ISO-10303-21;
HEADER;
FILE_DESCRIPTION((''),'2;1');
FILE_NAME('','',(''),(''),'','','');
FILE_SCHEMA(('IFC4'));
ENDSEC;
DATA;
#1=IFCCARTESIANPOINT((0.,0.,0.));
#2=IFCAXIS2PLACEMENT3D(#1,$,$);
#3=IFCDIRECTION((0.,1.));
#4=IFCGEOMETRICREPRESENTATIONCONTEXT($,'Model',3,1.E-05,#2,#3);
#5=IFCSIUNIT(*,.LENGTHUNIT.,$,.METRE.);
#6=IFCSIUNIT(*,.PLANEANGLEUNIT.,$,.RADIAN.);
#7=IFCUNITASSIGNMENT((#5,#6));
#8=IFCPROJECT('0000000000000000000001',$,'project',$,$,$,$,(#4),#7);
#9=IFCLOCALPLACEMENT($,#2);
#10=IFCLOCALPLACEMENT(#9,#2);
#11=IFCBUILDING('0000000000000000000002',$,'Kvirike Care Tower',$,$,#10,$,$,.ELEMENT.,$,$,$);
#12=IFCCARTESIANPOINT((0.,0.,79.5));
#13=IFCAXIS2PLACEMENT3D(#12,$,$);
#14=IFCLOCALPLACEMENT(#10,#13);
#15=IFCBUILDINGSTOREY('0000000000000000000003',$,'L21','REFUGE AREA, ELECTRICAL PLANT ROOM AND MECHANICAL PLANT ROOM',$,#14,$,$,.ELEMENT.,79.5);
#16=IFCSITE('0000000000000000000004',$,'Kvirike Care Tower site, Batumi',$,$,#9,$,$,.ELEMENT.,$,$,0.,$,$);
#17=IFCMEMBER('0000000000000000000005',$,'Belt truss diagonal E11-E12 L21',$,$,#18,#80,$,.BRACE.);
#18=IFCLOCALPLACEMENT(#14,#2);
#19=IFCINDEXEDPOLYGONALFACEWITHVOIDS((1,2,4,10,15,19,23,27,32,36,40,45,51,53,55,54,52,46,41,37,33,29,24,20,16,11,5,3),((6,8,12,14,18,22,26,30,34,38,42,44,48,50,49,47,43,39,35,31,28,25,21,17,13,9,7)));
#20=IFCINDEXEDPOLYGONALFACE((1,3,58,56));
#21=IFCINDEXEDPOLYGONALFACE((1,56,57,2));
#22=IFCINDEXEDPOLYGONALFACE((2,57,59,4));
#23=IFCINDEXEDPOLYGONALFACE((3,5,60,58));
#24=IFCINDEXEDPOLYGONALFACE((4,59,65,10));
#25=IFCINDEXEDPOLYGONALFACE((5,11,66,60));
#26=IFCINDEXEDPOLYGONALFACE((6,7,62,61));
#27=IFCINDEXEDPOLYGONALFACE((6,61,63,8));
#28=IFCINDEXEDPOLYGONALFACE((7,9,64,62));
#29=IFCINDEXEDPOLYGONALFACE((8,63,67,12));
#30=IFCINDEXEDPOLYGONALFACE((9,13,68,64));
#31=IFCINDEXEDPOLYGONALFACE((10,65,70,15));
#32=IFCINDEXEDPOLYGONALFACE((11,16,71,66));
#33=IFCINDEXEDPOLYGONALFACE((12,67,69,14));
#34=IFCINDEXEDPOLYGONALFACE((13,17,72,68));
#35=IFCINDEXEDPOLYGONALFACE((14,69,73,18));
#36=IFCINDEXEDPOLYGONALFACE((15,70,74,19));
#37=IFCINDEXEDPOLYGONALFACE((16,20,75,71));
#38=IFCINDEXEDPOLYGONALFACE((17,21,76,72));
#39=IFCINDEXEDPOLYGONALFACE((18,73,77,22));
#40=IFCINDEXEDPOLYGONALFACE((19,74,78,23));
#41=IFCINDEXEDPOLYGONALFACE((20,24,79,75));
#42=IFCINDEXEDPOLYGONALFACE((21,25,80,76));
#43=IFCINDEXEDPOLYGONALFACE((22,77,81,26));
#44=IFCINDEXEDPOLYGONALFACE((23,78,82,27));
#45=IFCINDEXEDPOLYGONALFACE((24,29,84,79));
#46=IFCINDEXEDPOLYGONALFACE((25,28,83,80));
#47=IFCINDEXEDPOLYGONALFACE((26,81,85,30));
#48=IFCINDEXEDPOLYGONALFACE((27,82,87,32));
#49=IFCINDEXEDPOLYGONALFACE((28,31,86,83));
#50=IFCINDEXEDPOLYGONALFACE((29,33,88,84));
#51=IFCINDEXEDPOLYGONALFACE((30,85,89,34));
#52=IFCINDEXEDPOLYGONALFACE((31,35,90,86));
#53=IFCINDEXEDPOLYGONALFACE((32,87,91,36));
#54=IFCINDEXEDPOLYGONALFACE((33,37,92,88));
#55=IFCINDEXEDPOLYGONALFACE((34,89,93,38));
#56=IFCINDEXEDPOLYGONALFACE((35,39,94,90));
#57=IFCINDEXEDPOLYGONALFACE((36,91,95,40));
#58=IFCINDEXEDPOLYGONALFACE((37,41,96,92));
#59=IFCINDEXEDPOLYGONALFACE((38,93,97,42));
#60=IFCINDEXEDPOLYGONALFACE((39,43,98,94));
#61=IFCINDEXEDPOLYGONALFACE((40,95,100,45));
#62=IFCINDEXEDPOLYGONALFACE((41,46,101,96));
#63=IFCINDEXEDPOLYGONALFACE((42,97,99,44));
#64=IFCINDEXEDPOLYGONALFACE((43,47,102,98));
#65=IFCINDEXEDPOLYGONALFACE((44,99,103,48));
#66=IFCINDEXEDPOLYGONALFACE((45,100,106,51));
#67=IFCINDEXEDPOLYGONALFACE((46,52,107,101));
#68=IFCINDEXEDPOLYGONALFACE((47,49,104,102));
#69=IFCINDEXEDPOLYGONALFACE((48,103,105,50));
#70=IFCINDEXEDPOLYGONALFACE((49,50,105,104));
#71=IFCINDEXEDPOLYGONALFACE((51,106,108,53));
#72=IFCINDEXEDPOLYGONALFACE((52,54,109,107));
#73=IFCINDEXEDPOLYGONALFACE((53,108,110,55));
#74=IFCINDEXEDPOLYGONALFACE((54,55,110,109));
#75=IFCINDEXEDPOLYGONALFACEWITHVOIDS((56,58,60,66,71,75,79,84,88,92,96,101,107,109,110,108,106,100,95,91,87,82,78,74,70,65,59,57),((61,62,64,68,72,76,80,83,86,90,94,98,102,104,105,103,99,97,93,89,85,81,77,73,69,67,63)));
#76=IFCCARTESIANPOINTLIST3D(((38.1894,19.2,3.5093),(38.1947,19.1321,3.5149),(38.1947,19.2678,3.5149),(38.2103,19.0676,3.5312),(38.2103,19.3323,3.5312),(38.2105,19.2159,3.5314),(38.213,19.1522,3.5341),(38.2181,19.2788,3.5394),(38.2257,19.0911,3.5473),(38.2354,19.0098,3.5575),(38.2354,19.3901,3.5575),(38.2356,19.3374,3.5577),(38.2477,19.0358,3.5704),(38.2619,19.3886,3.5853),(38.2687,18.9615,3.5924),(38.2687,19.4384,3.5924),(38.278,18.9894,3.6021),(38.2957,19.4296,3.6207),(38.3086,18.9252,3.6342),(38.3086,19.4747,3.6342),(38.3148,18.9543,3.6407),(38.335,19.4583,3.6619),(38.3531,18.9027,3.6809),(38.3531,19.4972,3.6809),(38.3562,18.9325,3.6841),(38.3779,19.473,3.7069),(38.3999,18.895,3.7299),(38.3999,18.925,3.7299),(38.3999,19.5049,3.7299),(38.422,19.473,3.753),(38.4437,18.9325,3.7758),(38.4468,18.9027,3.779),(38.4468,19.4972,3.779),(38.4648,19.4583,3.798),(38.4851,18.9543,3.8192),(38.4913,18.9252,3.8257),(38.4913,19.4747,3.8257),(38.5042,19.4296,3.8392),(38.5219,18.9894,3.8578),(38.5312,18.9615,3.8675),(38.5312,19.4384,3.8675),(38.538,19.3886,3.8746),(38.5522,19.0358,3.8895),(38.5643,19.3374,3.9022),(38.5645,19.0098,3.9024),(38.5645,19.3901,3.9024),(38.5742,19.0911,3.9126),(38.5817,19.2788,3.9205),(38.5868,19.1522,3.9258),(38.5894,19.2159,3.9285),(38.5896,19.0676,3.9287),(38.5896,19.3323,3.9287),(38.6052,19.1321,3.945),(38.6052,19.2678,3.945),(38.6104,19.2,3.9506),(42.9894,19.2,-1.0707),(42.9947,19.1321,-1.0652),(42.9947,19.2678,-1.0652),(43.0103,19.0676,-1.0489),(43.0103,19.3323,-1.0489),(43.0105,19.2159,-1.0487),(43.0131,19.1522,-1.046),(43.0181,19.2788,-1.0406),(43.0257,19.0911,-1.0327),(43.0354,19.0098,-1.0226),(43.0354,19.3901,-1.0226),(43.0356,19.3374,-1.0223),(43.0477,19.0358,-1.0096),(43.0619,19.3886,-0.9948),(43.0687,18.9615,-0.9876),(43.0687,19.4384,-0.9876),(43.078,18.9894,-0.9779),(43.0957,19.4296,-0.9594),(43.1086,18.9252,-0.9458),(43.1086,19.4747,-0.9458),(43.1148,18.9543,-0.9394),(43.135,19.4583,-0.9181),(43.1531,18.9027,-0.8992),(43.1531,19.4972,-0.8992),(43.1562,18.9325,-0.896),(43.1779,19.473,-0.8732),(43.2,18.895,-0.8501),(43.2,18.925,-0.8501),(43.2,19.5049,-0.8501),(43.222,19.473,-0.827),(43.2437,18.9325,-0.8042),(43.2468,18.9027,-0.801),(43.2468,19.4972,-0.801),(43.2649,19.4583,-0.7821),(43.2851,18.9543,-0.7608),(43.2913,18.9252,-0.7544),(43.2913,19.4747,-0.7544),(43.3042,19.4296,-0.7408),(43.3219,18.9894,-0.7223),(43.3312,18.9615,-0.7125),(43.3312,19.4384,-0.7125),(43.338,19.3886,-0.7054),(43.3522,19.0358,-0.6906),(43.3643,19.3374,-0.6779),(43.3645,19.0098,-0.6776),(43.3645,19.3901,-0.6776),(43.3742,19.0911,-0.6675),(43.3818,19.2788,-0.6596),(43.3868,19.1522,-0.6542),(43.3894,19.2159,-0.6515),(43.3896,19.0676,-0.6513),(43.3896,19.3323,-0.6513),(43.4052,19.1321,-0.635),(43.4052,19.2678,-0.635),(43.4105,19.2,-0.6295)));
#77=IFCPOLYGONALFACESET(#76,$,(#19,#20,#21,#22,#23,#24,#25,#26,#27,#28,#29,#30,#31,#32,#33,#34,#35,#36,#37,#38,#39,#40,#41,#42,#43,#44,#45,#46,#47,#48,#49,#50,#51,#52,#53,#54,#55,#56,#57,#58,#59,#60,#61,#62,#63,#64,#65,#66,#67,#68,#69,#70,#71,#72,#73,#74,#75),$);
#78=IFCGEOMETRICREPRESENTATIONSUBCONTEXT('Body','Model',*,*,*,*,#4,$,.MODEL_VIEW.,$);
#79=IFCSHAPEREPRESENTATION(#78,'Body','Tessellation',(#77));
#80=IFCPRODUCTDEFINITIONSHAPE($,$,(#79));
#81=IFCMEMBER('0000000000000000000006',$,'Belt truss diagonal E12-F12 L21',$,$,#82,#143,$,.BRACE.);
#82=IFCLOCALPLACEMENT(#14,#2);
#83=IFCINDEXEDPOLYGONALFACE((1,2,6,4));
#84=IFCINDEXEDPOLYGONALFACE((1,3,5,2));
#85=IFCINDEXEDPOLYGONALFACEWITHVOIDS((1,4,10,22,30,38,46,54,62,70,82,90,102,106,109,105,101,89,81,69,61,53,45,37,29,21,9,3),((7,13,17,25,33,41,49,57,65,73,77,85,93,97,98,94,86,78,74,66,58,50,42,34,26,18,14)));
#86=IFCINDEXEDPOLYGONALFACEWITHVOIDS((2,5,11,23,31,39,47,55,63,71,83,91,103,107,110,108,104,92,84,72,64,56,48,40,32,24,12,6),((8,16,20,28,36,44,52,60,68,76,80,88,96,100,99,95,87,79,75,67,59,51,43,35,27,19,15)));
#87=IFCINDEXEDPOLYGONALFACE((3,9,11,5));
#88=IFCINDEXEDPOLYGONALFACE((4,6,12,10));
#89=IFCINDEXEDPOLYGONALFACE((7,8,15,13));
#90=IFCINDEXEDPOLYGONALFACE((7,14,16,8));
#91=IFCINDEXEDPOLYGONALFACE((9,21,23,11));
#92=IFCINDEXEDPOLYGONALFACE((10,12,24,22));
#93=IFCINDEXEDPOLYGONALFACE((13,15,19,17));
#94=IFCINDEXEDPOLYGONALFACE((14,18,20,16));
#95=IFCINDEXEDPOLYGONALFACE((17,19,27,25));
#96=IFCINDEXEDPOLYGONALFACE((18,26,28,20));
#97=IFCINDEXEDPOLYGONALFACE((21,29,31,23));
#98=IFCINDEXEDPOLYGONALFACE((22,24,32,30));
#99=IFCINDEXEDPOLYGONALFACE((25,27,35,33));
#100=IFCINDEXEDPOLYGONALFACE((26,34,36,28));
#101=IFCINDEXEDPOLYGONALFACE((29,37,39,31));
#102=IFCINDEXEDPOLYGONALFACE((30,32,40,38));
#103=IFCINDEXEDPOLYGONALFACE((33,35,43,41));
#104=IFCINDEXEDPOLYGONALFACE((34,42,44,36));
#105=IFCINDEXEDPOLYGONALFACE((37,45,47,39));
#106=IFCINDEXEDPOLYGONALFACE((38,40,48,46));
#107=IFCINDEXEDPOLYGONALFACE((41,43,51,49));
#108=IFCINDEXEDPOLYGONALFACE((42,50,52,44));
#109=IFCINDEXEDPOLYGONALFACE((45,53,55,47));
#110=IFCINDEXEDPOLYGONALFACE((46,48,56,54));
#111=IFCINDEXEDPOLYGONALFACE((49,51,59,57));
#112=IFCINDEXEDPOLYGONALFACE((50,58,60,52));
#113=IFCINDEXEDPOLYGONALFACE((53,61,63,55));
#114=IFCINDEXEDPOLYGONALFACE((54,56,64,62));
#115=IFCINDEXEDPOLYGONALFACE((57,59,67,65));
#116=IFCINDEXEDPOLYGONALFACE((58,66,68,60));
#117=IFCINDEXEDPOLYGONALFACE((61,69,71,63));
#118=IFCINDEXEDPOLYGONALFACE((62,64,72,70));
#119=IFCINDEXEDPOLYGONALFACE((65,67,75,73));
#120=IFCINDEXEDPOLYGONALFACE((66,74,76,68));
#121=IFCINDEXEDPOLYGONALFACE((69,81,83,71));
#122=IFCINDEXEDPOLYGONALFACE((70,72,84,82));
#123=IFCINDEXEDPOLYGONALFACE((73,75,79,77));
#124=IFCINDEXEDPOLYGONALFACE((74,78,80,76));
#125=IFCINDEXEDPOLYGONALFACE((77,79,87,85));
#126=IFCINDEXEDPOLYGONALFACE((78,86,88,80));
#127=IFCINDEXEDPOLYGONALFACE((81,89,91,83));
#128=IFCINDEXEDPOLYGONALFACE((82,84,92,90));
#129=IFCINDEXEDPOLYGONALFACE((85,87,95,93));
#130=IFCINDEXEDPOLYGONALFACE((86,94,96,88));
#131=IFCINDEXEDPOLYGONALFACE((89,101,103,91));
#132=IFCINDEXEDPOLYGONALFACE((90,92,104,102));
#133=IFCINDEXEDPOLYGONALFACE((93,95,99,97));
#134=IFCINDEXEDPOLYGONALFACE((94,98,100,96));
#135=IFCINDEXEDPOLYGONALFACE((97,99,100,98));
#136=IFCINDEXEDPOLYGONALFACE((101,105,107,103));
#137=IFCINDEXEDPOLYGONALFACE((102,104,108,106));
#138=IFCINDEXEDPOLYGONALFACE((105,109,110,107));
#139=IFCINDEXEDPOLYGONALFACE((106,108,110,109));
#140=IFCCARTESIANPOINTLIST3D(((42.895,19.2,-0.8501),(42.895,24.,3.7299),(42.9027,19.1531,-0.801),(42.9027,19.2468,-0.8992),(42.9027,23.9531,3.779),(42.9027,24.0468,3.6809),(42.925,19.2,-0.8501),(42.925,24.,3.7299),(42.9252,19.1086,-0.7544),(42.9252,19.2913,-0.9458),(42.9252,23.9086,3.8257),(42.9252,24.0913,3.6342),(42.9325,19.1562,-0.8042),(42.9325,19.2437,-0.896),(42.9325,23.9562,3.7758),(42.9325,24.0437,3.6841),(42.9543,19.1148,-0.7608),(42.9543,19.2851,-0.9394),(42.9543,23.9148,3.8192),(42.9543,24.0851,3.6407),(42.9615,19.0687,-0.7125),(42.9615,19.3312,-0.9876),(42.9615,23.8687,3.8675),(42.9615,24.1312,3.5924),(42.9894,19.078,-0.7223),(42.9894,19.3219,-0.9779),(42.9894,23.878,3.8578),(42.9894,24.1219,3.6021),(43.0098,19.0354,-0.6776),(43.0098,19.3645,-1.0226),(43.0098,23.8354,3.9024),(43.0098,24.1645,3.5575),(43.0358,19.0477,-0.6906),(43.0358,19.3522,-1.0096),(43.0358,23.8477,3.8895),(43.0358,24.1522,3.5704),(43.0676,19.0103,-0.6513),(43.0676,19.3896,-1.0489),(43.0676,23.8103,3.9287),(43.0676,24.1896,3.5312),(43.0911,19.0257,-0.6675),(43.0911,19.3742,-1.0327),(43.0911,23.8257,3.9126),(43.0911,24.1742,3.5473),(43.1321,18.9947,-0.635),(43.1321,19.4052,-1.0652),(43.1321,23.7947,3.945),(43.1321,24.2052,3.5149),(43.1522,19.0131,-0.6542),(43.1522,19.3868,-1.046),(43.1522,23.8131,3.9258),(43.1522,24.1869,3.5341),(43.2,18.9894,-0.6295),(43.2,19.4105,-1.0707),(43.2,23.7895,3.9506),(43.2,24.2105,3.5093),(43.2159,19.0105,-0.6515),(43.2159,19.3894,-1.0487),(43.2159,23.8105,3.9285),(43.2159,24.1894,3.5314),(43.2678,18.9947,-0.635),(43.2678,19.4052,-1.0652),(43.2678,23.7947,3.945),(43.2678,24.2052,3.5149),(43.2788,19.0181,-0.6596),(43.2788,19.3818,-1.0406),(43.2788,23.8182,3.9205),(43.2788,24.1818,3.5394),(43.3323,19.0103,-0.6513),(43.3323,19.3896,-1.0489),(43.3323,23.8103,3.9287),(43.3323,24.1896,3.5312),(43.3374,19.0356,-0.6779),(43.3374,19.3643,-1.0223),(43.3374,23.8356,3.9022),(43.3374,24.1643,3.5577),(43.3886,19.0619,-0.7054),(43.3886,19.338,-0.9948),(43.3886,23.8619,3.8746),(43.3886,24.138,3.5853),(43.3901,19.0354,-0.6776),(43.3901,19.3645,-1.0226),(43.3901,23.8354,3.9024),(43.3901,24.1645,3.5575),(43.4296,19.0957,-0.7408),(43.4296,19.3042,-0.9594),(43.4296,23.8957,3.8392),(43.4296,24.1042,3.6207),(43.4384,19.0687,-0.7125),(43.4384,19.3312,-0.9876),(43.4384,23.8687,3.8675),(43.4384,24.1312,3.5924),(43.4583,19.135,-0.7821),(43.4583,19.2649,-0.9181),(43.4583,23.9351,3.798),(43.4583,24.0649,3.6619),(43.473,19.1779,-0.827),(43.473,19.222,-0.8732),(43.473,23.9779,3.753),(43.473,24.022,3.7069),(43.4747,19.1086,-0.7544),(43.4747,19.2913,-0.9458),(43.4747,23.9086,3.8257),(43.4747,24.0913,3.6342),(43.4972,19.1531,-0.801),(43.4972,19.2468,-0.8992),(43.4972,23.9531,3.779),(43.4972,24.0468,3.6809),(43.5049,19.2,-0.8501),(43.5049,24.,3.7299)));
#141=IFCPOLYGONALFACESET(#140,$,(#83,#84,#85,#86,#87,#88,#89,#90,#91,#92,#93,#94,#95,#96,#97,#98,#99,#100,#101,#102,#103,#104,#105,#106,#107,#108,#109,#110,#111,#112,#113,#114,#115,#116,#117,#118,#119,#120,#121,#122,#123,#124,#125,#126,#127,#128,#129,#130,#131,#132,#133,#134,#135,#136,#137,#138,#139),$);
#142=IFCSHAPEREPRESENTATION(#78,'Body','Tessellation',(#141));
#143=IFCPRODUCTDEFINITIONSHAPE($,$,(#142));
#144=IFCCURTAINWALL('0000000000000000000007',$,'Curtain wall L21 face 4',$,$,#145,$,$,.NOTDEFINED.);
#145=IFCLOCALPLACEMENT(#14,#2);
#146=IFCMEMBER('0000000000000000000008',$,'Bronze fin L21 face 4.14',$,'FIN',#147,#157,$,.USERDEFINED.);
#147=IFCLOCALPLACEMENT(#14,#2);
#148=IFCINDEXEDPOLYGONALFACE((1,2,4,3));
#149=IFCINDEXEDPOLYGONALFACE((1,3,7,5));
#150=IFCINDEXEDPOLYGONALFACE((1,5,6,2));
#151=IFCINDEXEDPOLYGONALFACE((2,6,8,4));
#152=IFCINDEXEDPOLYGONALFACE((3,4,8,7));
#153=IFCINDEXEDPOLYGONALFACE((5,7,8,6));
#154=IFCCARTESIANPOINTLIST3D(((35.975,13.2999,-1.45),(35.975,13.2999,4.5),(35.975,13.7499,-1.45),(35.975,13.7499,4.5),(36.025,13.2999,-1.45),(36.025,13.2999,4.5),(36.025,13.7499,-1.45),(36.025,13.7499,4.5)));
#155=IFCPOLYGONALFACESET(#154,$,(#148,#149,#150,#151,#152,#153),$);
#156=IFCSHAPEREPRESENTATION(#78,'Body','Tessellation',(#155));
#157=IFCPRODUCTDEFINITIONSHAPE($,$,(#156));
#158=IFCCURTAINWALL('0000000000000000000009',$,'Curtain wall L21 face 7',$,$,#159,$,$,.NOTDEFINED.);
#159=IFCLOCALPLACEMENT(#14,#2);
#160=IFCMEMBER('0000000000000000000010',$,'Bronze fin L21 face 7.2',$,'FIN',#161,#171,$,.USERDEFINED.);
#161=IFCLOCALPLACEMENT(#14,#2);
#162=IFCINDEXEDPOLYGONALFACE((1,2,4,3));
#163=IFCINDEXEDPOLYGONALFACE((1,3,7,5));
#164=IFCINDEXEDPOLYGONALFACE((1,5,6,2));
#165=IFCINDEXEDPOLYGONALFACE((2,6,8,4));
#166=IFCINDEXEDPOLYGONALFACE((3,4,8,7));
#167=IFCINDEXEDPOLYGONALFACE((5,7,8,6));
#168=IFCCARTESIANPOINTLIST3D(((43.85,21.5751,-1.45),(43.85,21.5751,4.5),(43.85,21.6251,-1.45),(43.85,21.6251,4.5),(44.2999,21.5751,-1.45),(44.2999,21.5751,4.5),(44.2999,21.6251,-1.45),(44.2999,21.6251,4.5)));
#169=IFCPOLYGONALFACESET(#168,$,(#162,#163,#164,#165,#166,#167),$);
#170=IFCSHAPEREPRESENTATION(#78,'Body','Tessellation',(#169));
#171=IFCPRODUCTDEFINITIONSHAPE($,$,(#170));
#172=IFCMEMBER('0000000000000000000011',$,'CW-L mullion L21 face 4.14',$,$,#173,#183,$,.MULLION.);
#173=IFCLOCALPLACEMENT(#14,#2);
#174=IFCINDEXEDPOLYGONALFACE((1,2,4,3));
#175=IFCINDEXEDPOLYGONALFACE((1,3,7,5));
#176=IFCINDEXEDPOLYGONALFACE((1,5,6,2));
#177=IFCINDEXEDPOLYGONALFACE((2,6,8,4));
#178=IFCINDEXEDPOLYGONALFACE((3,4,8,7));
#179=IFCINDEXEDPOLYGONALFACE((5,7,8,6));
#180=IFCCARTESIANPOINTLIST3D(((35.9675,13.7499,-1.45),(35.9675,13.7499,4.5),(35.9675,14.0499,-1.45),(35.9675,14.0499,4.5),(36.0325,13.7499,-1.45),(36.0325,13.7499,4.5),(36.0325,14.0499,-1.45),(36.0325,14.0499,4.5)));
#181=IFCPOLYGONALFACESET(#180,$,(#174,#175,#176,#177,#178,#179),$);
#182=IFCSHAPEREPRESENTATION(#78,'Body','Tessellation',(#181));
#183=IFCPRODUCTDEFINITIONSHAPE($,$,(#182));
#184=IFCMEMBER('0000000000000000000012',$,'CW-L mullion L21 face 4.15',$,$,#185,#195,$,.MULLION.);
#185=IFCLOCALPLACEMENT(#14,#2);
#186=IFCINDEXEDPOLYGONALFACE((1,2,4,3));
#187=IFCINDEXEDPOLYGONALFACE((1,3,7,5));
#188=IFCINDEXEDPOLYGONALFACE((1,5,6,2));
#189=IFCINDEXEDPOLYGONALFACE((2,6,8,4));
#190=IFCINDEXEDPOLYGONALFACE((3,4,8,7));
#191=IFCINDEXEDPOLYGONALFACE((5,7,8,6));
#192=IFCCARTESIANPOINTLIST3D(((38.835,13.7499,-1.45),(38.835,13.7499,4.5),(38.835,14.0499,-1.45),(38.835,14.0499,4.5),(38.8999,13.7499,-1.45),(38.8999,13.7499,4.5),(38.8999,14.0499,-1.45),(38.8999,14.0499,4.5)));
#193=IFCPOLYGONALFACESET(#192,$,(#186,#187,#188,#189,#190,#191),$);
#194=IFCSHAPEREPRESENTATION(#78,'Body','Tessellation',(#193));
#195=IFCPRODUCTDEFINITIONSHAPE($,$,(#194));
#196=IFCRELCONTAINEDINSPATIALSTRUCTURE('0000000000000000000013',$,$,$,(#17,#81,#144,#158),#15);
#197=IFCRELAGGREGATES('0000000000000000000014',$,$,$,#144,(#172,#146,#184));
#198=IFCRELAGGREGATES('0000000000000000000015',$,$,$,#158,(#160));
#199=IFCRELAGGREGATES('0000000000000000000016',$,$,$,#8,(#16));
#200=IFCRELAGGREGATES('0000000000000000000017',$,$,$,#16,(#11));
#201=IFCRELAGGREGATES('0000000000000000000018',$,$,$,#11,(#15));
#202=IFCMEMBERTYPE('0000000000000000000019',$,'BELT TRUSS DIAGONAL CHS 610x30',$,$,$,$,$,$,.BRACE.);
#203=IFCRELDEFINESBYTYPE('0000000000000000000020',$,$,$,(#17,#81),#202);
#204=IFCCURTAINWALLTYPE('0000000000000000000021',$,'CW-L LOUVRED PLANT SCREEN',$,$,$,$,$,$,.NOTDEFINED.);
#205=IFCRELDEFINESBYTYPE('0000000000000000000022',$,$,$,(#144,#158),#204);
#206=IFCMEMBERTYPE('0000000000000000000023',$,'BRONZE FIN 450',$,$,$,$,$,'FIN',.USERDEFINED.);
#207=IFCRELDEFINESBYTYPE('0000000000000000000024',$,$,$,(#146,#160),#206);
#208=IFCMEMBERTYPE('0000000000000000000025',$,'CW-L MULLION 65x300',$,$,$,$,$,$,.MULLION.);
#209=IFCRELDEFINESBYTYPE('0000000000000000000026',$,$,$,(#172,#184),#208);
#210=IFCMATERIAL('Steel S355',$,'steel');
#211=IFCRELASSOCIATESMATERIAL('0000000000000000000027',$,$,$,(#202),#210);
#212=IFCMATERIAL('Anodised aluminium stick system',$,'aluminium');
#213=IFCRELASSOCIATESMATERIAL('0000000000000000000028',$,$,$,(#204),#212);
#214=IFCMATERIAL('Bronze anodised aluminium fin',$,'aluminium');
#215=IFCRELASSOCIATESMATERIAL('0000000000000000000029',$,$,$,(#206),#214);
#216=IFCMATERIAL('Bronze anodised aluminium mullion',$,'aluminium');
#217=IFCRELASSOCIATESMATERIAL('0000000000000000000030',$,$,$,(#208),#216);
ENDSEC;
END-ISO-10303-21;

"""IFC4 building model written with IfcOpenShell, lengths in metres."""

from ifc_helpers import new_model, si_unit, direction, frame, origin, origin_2d, place, context, subcontext, project, spatial, rectangle, hollow_circle, extrude, material, material_profile, profile_set, type_object, element, aggregate, save


model = new_model("IFC4")

# Units and contexts
model_context = context("Model", 3, precision=1e-05, world=origin(), true_north=direction((0.0, 1.0)))
body_context = subcontext(model_context, "Body", "Model", "MODEL_VIEW")
ifc_project = project(units=[si_unit("LENGTHUNIT", "METRE"), si_unit("PLANEANGLEUNIT", "RADIAN")], contexts=[model_context])

# Site, building, storey
site_placement = place(None, origin())
site = spatial("IfcSite", under=ifc_project, at=site_placement, Name="Kvirike Care Tower site, Batumi", CompositionType="ELEMENT", RefElevation=0.0)
building_placement = place(site_placement, origin())
building = spatial("IfcBuilding", under=site, at=building_placement, Name="Kvirike Care Tower", CompositionType="ELEMENT")
storey_placement = place(building_placement, frame((0.0, 0.0, 79.5)))
storey = spatial("IfcBuildingStorey", under=building, at=storey_placement, Name="L21", Description="REFUGE AREA, ELECTRICAL PLANT ROOM AND MECHANICAL PLANT ROOM", CompositionType="ELEMENT", Elevation=79.5)

# Members
ifc_material_1 = material(Name="Steel S355", Category="steel")
ifc_material_profile_1 = material_profile(ifc_material_1, hollow_circle(Radius=0.3049, WallThickness=0.03, at=origin_2d()), Name="CHS 610x30")
ifc_profile_set_1 = profile_set([ifc_material_profile_1], Name="Steel S355")
member_type_1 = type_object("IfcMemberType", Name="BELT TRUSS DIAGONAL CHS 610x30", PredefinedType="BRACE", material=ifc_profile_set_1)
for number, where, z_axis, x_axis, name in (
    (1, (43.2, 19.2, -0.8501), (-0.72349, 0.0, 0.690335), (0.0, -1.0, 0.0), "Belt truss diagonal E11-E12 L21"),
    (2, (43.2, 19.2, -0.8501), (0.0, 0.72349, 0.690335), (-1.0, 0.0, 0.0), "Belt truss diagonal E12-F12 L21"),
):
    element("IfcMember", number, at=place(storey_placement, frame(where, z_axis=z_axis, x_axis=x_axis)), inside=storey, type_object=member_type_1, Name=name, PredefinedType="BRACE", context=body_context, shape_type="SweptSolid", body=[
        extrude(hollow_circle(Radius=0.3049, WallThickness=0.03, at=origin_2d()), origin(), (0.0, 0.0, 1.0), 6.6345),
    ])

# Curtain walls, members
ifc_material_2 = material(Name="Anodised aluminium stick system", Category="aluminium")
curtain_wall_type = type_object("IfcCurtainWallType", Name="CW-L LOUVRED PLANT SCREEN", PredefinedType="NOTDEFINED", material=ifc_material_2)
curtain_wall_1_placement = place(storey_placement, origin())
curtain_wall_1 = element("IfcCurtainWall", 3, at=curtain_wall_1_placement, inside=storey, type_object=curtain_wall_type, Name="Curtain wall L21 face 4", PredefinedType="NOTDEFINED")
ifc_material_3 = material(Name="Bronze anodised aluminium fin", Category="aluminium")
ifc_material_profile_2 = material_profile(ifc_material_3, rectangle(XDim=0.05, YDim=0.45, at=origin_2d()), Name="BRONZE FIN 450")
ifc_profile_set_2 = profile_set([ifc_material_profile_2], Name="Bronze anodised aluminium fin")
member_type_2 = type_object("IfcMemberType", Name="BRONZE FIN 450", ElementType="FIN", PredefinedType="USERDEFINED", material=ifc_profile_set_2)
member_1_placement = place(storey_placement, frame((36.0, 13.5249, -1.45), z_axis=(0.0, 0.0, 1.0), x_axis=(1.0, 0.0, 0.0)))
member_1 = element("IfcMember", 4, at=member_1_placement, type_object=member_type_2, Name="Bronze fin L21 face 4.14", ObjectType="FIN", PredefinedType="USERDEFINED", context=body_context, shape_type="SweptSolid", body=[
    extrude(rectangle(XDim=0.05, YDim=0.45, at=origin_2d()), origin(), (0.0, 0.0, 1.0), 5.95),
])
curtain_wall_2_placement = place(storey_placement, origin())
curtain_wall_2 = element("IfcCurtainWall", 5, at=curtain_wall_2_placement, inside=storey, type_object=curtain_wall_type, Name="Curtain wall L21 face 7", PredefinedType="NOTDEFINED")
member_2_placement = place(storey_placement, frame((44.075, 21.6001, -1.45), z_axis=(0.0, 0.0, 1.0), x_axis=(0.0, 1.0, 0.0)))
member_2 = element("IfcMember", 6, at=member_2_placement, type_object=member_type_2, Name="Bronze fin L21 face 7.2", ObjectType="FIN", PredefinedType="USERDEFINED", context=body_context, shape_type="SweptSolid", body=[
    extrude(rectangle(XDim=0.05, YDim=0.45, at=origin_2d()), origin(), (0.0, 0.0, 1.0), 5.95),
])

# Members
ifc_material_4 = material(Name="Bronze anodised aluminium mullion", Category="aluminium")
ifc_material_profile_3 = material_profile(ifc_material_4, rectangle(XDim=0.0649, YDim=0.3, at=origin_2d()), Name="CW-L MULLION 65x300")
ifc_profile_set_3 = profile_set([ifc_material_profile_3], Name="Bronze anodised aluminium mullion")
member_type_3 = type_object("IfcMemberType", Name="CW-L MULLION 65x300", PredefinedType="MULLION", material=ifc_profile_set_3)
member_3_placement = place(storey_placement, frame((36.0, 13.8999, -1.45), z_axis=(0.0, 0.0, 1.0), x_axis=(1.0, 0.0, 0.0)))
member_3 = element("IfcMember", 7, at=member_3_placement, type_object=member_type_3, Name="CW-L mullion L21 face 4.14", PredefinedType="MULLION", context=body_context, shape_type="SweptSolid", body=[
    extrude(rectangle(XDim=0.0649, YDim=0.3, at=origin_2d()), origin(), (0.0, 0.0, 1.0), 5.95),
])
member_4_placement = place(storey_placement, frame((38.8674, 13.8999, -1.45), z_axis=(0.0, 0.0, 1.0), x_axis=(1.0, 0.0, 0.0)))
member_4 = element("IfcMember", 8, at=member_4_placement, type_object=member_type_3, Name="CW-L mullion L21 face 4.15", PredefinedType="MULLION", context=body_context, shape_type="SweptSolid", body=[
    extrude(rectangle(XDim=0.0649, YDim=0.3, at=origin_2d()), origin(), (0.0, 0.0, 1.0), 5.95),
])

aggregate(curtain_wall_1, [member_3, member_1, member_4])
aggregate(curtain_wall_2, [member_2])

save(model, "model.ifc")
